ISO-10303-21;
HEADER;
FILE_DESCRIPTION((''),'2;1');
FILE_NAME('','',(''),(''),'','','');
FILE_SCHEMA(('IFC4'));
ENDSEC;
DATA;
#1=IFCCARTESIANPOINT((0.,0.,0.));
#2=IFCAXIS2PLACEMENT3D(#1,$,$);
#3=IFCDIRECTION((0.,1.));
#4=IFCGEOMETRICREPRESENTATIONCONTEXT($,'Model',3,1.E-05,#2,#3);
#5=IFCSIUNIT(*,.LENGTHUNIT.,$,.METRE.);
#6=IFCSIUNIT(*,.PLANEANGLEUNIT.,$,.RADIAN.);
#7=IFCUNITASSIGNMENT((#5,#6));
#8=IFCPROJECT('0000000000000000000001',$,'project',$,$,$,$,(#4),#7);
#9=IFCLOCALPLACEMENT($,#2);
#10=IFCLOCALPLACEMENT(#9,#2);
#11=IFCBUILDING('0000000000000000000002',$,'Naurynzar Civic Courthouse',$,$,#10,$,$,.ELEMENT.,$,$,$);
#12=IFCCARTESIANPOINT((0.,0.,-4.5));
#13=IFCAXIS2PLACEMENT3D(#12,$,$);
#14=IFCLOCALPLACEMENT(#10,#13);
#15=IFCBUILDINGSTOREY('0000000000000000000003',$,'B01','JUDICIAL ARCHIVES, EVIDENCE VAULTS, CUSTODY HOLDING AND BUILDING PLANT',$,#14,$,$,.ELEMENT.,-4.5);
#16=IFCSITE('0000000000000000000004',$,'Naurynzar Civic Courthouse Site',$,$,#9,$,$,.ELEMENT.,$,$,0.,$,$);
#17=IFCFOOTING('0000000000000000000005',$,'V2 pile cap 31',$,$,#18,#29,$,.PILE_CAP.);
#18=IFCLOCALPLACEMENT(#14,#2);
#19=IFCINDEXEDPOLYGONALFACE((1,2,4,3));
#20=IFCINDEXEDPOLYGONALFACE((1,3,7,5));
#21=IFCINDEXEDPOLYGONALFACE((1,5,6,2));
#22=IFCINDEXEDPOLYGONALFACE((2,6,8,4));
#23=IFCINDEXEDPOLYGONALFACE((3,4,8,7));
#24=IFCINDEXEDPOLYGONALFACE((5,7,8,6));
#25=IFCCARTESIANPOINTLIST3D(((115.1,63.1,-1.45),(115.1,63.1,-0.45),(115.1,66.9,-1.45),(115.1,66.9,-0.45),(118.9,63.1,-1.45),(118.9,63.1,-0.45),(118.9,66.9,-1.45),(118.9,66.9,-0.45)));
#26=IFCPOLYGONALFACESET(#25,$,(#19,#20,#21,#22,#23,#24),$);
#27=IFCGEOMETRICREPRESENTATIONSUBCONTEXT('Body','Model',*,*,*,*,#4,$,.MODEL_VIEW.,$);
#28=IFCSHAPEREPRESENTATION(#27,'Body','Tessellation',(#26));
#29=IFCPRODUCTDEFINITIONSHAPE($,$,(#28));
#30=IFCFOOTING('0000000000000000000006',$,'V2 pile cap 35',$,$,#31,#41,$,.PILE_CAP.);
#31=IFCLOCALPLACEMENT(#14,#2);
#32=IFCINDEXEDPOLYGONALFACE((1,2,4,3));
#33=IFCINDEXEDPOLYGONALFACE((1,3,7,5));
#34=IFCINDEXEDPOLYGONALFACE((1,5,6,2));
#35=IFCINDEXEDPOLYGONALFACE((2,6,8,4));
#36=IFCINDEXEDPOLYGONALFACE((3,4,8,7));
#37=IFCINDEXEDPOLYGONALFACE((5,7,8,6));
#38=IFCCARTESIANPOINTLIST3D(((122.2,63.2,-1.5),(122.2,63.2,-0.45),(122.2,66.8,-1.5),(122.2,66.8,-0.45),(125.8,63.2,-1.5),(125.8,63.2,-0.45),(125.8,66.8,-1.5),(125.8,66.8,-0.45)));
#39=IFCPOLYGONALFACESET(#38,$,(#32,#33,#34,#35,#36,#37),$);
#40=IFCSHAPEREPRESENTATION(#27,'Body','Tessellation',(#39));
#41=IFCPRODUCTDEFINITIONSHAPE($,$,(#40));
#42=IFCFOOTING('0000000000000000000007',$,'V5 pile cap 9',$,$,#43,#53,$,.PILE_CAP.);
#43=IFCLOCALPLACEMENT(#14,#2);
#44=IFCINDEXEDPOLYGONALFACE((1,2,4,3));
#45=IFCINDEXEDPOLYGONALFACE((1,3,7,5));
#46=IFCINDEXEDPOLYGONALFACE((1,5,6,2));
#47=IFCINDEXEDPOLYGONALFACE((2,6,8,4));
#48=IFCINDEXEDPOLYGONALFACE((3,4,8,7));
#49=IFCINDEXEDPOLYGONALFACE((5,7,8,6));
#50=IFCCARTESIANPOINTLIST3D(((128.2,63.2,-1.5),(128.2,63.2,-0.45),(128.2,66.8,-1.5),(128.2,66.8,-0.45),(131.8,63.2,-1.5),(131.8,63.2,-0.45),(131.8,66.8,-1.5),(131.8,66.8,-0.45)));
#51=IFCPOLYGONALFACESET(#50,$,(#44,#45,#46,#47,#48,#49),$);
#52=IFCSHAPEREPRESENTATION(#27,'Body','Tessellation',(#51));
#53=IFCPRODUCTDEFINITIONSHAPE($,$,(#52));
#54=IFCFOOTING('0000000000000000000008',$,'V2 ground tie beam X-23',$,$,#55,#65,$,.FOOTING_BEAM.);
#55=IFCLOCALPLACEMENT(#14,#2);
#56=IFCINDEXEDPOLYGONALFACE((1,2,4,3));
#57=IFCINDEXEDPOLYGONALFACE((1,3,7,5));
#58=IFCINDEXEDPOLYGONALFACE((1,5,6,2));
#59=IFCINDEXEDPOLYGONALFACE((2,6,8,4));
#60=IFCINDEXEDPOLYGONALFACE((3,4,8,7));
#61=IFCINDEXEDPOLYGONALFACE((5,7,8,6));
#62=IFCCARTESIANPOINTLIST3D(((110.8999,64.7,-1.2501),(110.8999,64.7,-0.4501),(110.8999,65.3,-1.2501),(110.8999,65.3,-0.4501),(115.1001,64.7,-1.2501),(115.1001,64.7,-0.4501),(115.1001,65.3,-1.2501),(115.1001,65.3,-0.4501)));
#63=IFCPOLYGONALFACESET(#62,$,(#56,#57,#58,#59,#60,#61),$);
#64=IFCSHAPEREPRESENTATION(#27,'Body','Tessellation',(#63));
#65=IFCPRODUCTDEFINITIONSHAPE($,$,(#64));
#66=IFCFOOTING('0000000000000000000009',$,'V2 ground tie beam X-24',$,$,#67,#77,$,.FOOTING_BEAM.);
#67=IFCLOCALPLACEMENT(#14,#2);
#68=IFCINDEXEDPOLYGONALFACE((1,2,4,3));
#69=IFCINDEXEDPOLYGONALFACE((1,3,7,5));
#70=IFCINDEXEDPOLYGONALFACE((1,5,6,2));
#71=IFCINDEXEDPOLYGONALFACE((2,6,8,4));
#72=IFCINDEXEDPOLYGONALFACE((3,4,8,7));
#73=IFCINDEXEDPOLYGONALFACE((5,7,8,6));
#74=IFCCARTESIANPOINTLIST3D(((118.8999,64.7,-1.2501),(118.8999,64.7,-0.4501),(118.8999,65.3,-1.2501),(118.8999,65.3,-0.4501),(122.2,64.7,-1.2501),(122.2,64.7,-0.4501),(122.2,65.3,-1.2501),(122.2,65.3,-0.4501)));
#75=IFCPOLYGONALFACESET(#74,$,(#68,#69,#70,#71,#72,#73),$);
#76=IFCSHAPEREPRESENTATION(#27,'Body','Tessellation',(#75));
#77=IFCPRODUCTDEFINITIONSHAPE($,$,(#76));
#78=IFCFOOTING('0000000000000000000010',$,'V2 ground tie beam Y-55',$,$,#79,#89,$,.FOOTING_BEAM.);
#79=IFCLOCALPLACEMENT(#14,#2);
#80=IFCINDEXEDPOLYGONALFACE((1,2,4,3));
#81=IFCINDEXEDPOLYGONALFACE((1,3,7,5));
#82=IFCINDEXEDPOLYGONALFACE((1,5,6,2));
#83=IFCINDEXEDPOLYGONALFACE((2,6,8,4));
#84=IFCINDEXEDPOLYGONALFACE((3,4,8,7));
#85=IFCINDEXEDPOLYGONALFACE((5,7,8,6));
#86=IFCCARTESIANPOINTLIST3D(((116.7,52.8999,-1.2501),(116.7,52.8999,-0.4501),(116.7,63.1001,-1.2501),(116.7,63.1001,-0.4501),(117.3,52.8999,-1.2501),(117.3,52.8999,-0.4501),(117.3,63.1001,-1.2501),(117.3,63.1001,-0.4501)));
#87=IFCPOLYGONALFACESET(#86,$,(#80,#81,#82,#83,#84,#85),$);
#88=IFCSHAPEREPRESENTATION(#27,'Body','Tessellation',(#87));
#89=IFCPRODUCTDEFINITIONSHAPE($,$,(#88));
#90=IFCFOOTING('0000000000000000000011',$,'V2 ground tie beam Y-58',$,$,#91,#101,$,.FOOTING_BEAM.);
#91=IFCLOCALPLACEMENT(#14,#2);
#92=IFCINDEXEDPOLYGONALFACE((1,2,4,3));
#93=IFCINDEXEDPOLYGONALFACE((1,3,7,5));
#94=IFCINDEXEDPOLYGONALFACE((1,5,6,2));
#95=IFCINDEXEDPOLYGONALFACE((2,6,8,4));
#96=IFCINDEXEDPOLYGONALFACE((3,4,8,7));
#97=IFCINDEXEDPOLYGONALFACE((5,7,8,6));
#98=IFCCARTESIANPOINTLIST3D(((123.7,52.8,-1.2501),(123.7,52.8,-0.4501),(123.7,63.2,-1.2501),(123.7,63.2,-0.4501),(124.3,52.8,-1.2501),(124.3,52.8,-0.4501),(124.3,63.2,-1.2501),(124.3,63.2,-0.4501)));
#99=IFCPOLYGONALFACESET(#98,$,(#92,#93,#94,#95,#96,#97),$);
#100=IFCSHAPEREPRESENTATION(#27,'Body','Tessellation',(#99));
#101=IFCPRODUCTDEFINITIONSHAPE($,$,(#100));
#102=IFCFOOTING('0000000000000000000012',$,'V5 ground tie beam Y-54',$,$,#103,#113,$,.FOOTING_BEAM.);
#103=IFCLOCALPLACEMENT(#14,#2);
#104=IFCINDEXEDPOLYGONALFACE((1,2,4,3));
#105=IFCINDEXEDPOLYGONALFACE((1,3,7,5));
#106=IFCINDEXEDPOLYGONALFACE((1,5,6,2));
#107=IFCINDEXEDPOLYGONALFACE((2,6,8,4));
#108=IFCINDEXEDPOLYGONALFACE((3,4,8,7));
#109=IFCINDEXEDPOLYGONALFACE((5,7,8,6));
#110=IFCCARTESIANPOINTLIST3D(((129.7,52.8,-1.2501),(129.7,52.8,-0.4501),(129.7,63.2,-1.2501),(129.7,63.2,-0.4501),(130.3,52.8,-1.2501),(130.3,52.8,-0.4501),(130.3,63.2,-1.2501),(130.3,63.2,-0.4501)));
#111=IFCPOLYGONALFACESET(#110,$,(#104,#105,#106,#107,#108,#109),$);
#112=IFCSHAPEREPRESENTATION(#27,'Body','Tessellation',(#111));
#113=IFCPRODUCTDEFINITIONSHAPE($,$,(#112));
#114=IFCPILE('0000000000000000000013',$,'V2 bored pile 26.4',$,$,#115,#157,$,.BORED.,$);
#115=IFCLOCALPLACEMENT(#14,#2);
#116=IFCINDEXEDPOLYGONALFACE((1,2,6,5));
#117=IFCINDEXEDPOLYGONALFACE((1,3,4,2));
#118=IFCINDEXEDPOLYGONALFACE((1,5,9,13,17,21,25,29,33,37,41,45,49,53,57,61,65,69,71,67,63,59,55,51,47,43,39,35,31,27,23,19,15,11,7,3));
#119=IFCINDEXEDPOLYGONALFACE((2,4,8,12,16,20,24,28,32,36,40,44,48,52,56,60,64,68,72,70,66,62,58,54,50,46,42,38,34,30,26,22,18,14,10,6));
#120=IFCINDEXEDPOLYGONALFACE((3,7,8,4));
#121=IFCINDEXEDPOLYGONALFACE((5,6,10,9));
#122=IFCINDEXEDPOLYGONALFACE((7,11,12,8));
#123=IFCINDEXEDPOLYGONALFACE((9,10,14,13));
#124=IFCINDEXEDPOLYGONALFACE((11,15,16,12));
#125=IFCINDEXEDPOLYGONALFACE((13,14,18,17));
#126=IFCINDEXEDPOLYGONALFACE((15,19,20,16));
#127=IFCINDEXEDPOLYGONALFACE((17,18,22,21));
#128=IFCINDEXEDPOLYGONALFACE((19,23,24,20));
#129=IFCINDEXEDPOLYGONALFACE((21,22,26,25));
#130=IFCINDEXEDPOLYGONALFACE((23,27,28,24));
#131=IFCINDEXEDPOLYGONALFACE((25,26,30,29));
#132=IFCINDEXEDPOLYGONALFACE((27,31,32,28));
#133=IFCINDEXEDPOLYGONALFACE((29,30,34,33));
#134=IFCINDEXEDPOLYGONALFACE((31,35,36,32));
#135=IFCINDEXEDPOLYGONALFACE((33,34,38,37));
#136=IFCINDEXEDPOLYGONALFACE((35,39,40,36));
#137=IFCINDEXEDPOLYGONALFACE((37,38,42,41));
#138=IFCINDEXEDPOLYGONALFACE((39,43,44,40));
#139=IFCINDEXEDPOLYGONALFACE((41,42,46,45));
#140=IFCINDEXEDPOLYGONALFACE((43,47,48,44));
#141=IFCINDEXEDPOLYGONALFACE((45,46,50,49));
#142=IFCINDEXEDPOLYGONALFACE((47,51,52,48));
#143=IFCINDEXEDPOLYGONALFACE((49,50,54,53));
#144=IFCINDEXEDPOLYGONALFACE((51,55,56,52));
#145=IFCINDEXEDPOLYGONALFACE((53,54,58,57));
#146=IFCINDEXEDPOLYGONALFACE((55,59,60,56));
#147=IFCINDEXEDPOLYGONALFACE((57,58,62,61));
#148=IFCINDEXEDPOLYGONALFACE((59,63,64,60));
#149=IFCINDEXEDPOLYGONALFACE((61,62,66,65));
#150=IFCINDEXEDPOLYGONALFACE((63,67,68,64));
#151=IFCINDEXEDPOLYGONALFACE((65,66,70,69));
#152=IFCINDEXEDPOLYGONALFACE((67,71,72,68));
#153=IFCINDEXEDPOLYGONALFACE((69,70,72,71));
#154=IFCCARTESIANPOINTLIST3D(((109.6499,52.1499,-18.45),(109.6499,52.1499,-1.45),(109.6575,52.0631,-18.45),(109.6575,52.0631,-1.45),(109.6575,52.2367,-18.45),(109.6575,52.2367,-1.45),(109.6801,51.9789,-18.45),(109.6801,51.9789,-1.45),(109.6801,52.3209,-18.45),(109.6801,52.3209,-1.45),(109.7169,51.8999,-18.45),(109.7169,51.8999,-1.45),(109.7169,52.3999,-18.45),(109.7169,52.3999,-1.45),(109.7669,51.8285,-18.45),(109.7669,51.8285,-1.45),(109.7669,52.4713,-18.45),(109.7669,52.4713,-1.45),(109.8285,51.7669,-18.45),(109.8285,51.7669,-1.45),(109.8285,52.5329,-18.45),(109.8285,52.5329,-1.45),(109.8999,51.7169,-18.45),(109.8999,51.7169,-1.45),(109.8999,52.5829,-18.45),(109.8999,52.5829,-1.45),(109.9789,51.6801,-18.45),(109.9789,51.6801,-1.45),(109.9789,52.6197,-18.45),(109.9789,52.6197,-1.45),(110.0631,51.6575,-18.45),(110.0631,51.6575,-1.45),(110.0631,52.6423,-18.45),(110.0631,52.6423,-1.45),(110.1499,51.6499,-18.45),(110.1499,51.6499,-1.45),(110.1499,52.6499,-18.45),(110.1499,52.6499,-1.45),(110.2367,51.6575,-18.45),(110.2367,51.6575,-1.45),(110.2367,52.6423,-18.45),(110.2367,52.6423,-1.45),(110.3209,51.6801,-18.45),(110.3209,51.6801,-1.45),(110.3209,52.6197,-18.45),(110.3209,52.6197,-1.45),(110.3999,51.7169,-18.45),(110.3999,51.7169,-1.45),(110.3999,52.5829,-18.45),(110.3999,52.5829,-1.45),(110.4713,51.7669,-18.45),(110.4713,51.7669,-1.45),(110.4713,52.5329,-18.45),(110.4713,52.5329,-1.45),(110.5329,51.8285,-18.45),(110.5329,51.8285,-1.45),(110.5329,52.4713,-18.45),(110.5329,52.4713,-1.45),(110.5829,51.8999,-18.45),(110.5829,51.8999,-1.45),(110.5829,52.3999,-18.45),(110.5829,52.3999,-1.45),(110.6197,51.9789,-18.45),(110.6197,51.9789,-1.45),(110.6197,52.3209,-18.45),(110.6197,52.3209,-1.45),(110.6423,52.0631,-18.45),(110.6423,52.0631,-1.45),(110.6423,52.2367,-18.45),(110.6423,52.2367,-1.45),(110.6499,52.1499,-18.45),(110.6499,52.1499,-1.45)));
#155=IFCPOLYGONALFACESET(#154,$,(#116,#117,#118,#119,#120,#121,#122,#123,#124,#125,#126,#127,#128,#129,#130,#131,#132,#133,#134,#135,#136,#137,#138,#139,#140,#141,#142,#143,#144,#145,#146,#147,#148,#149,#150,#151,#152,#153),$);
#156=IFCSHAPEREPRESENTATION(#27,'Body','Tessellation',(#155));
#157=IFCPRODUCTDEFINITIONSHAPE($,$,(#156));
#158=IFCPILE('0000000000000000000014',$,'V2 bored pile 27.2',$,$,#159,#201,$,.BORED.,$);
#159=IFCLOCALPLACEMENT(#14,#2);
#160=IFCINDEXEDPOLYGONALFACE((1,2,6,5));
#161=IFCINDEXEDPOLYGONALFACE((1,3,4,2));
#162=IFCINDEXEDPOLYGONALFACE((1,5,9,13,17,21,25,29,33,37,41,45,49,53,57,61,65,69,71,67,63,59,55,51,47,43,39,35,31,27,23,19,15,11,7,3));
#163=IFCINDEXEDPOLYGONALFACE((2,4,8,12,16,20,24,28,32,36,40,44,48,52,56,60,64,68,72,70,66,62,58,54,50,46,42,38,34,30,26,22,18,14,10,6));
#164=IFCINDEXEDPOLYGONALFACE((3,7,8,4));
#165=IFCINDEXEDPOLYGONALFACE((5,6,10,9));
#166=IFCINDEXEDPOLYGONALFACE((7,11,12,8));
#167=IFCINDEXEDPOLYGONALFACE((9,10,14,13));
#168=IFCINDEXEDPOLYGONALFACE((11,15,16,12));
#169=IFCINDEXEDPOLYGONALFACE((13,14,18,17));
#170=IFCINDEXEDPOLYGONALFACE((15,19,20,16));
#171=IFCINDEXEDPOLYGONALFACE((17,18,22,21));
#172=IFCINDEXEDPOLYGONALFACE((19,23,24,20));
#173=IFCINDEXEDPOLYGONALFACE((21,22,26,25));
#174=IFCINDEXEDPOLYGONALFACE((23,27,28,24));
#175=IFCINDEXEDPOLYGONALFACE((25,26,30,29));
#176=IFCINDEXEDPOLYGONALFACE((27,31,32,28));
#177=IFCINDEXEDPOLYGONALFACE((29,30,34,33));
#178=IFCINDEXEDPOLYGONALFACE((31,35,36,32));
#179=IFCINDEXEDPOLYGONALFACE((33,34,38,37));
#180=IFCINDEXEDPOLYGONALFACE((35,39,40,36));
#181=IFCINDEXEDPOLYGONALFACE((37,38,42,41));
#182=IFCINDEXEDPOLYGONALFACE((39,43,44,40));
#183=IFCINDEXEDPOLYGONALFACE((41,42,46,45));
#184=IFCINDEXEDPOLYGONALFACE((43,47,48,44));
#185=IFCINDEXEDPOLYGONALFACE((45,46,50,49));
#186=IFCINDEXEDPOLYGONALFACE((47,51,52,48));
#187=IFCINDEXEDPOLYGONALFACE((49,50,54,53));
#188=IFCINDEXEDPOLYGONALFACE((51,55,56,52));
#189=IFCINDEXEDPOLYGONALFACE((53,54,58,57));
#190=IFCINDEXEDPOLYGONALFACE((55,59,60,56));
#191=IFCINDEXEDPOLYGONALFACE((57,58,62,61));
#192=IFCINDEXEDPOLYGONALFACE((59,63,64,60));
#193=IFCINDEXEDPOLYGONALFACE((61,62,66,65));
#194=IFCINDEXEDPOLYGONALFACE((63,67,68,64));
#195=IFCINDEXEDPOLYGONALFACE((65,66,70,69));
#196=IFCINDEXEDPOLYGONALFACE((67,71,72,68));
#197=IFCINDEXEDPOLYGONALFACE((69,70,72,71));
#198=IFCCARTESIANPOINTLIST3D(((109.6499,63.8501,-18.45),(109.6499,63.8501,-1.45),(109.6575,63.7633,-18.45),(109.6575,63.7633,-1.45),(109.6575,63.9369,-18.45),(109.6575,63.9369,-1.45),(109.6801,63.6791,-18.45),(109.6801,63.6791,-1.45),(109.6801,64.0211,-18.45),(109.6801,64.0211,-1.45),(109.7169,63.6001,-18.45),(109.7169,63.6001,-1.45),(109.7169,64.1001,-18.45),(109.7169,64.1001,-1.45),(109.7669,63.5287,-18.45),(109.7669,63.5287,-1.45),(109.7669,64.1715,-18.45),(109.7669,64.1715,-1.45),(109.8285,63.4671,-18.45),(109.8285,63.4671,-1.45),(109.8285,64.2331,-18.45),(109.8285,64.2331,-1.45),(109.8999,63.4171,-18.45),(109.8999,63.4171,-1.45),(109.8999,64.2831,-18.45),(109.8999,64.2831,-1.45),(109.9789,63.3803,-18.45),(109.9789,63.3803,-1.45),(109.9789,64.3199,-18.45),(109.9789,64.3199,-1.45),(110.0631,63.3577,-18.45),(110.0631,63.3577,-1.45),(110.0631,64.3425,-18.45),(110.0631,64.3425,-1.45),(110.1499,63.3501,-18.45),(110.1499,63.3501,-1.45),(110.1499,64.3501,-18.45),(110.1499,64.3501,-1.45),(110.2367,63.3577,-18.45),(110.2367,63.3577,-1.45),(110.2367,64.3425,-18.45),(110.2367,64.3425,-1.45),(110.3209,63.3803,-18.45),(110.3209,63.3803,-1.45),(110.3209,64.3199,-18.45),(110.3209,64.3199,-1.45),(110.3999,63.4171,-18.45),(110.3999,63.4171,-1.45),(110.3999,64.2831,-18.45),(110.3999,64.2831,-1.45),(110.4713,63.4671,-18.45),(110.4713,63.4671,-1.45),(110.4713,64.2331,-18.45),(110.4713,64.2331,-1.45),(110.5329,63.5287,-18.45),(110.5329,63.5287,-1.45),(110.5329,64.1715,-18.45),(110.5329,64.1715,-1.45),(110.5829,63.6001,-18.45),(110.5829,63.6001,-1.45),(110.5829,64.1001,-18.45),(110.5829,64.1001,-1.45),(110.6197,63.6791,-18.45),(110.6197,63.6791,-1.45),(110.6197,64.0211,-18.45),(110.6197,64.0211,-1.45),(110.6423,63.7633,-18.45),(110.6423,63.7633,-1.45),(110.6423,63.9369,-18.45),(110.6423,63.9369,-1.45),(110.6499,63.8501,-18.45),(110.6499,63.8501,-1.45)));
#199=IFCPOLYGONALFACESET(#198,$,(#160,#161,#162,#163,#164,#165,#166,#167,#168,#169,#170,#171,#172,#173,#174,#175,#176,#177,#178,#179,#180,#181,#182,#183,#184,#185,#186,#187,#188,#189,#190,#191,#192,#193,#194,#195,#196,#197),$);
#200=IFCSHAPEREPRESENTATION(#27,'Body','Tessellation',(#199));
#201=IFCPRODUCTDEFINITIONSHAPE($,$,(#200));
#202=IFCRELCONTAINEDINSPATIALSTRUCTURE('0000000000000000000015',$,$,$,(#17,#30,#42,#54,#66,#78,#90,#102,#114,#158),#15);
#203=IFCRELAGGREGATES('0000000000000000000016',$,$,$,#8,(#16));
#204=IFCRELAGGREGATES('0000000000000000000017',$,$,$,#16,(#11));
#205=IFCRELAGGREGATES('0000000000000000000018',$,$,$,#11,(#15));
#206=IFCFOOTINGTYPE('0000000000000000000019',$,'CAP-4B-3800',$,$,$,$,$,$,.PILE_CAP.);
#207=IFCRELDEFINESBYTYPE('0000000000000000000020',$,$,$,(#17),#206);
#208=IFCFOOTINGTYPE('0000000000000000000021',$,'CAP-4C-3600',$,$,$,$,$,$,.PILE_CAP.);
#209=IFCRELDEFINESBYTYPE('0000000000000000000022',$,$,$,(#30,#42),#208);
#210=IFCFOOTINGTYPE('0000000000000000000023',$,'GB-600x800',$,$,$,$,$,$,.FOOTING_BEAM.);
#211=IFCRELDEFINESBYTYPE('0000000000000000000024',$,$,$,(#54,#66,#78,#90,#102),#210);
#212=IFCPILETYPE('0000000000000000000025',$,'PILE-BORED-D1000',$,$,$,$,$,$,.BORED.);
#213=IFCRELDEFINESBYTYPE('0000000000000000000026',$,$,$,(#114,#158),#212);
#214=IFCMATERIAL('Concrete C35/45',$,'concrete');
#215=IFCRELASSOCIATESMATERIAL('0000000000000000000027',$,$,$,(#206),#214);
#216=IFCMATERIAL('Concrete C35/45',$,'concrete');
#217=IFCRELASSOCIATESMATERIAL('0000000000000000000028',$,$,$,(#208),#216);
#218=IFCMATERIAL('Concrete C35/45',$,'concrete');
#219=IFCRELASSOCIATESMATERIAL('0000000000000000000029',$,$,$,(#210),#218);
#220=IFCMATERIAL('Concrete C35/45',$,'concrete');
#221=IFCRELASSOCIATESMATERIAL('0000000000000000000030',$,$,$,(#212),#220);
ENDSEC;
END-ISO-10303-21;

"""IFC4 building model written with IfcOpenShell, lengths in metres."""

from ifc_helpers import new_model, si_unit, direction, frame, origin, origin_2d, place, context, subcontext, project, spatial, rectangle, circle, extrude, material, material_profile, profile_set, type_object, element, save


model = new_model("IFC4")

# Units and contexts
model_context = context("Model", 3, precision=1e-05, world=origin(), true_north=direction((0.0, 1.0)))
body_context = subcontext(model_context, "Body", "Model", "MODEL_VIEW")
ifc_project = project(units=[si_unit("LENGTHUNIT", "METRE"), si_unit("PLANEANGLEUNIT", "RADIAN")], contexts=[model_context])

# Site, building, storey
site_placement = place(None, origin())
site = spatial("IfcSite", under=ifc_project, at=site_placement, Name="Naurynzar Civic Courthouse Site", CompositionType="ELEMENT", RefElevation=0.0)
building_placement = place(site_placement, origin())
building = spatial("IfcBuilding", under=site, at=building_placement, Name="Naurynzar Civic Courthouse", CompositionType="ELEMENT")
storey_placement = place(building_placement, frame((0.0, 0.0, -4.5)))
storey = spatial("IfcBuildingStorey", under=building, at=storey_placement, Name="B01", Description="JUDICIAL ARCHIVES, EVIDENCE VAULTS, CUSTODY HOLDING AND BUILDING PLANT", CompositionType="ELEMENT", Elevation=-4.5)

# Footings
ifc_material_1 = material(Name="Concrete C35/45", Category="concrete")
footing_type_1 = type_object("IfcFootingType", Name="CAP-4B-3800", PredefinedType="PILE_CAP", material=ifc_material_1)
footing_1_placement = place(storey_placement, frame((117.0, 65.0, -1.45), z_axis=(0.0, 0.0, 1.0), x_axis=(1.0, 0.0, 0.0)))
element("IfcFooting", 1, at=footing_1_placement, inside=storey, type_object=footing_type_1, Name="V2 pile cap 31", PredefinedType="PILE_CAP", context=body_context, shape_type="SweptSolid", body=[
    extrude(rectangle(XDim=3.8, YDim=3.8, at=origin_2d()), origin(), (0.0, 0.0, 1.0), 1.0),
])
ifc_material_2 = material(Name="Concrete C35/45", Category="concrete")
footing_type_2 = type_object("IfcFootingType", Name="CAP-4C-3600", PredefinedType="PILE_CAP", material=ifc_material_2)
for number, where, z_axis, x_axis, name in (
    (2, (124.0, 65.0, -1.5), (0.0, 0.0, 1.0), (1.0, 0.0, 0.0), "V2 pile cap 35"),
    (3, (130.0, 65.0, -1.5), (0.0, 0.0, 1.0), (1.0, 0.0, 0.0), "V5 pile cap 9"),
):
    element("IfcFooting", number, at=place(storey_placement, frame(where, z_axis=z_axis, x_axis=x_axis)), inside=storey, type_object=footing_type_2, Name=name, PredefinedType="PILE_CAP", context=body_context, shape_type="SweptSolid", body=[
        extrude(rectangle(XDim=3.6001, YDim=3.6001, at=origin_2d()), origin(), (0.0, 0.0, 1.0), 1.05),
    ])
ifc_material_3 = material(Name="Concrete C35/45", Category="concrete")
ifc_material_profile_1 = material_profile(ifc_material_3, rectangle(XDim=0.6001, YDim=0.8, at=origin_2d()), Name="GB 600x800")
ifc_profile_set_1 = profile_set([ifc_material_profile_1], Name="Concrete C35/45")
footing_type_3 = type_object("IfcFootingType", Name="GB-600x800", PredefinedType="FOOTING_BEAM", material=ifc_profile_set_1)
footing_2_placement = place(storey_placement, frame((110.8999, 65.0, -0.8501), z_axis=(1.0, 0.0, 0.0), x_axis=(0.0, 1.0, 0.0)))
element("IfcFooting", 4, at=footing_2_placement, inside=storey, type_object=footing_type_3, Name="V2 ground tie beam X-23", PredefinedType="FOOTING_BEAM", context=body_context, shape_type="SweptSolid", body=[
    extrude(rectangle(XDim=0.6001, YDim=0.8, at=origin_2d()), origin(), (0.0, 0.0, 1.0), 4.2002),
])
footing_3_placement = place(storey_placement, frame((118.8999, 65.0, -0.8501), z_axis=(1.0, 0.0, 0.0), x_axis=(0.0, 1.0, 0.0)))
element("IfcFooting", 5, at=footing_3_placement, inside=storey, type_object=footing_type_3, Name="V2 ground tie beam X-24", PredefinedType="FOOTING_BEAM", context=body_context, shape_type="SweptSolid", body=[
    extrude(rectangle(XDim=0.6001, YDim=0.8, at=origin_2d()), origin(), (0.0, 0.0, 1.0), 3.3),
])
footing_4_placement = place(storey_placement, frame((117.0, 52.8999, -0.8501), z_axis=(0.0, 1.0, 0.0), x_axis=(-1.0, 0.0, 0.0)))
element("IfcFooting", 6, at=footing_4_placement, inside=storey, type_object=footing_type_3, Name="V2 ground tie beam Y-55", PredefinedType="FOOTING_BEAM", context=body_context, shape_type="SweptSolid", body=[
    extrude(rectangle(XDim=0.6001, YDim=0.8, at=origin_2d()), origin(), (0.0, 0.0, 1.0), 10.2002),
])
for number, where, z_axis, x_axis, name in (
    (7, (124.0, 52.8, -0.8501), (0.0, 1.0, 0.0), (-1.0, 0.0, 0.0), "V2 ground tie beam Y-58"),
    (8, (130.0, 52.8, -0.8501), (0.0, 1.0, 0.0), (-1.0, 0.0, 0.0), "V5 ground tie beam Y-54"),
):
    element("IfcFooting", number, at=place(storey_placement, frame(where, z_axis=z_axis, x_axis=x_axis)), inside=storey, type_object=footing_type_3, Name=name, PredefinedType="FOOTING_BEAM", context=body_context, shape_type="SweptSolid", body=[
        extrude(rectangle(XDim=0.6001, YDim=0.8, at=origin_2d()), origin(), (0.0, 0.0, 1.0), 10.3999),
    ])

# Piles
ifc_material_4 = material(Name="Concrete C35/45", Category="concrete")
ifc_material_profile_2 = material_profile(ifc_material_4, circle(Radius=0.5, at=origin_2d()), Name="PILE D1000")
ifc_profile_set_2 = profile_set([ifc_material_profile_2], Name="Concrete C35/45")
pile_type_1 = type_object("IfcPileType", Name="PILE-BORED-D1000", PredefinedType="BORED", material=ifc_profile_set_2)
for number, where, z_axis, x_axis, name in (
    (9, (110.1499, 52.1499, -1.45), (0.0, 0.0, -1.0), (1.0, 0.0, 0.0), "V2 bored pile 26.4"),
    (10, (110.1499, 63.8501, -1.45), (0.0, 0.0, -1.0), (1.0, 0.0, 0.0), "V2 bored pile 27.2"),
):
    element("IfcPile", number, at=place(storey_placement, frame(where, z_axis=z_axis, x_axis=x_axis)), inside=storey, type_object=pile_type_1, Name=name, PredefinedType="BORED", context=body_context, shape_type="SweptSolid", body=[
        extrude(circle(Radius=0.5, at=origin_2d()), origin(), (0.0, 0.0, 1.0), 17.0),
    ])

save(model, "model.ifc")
